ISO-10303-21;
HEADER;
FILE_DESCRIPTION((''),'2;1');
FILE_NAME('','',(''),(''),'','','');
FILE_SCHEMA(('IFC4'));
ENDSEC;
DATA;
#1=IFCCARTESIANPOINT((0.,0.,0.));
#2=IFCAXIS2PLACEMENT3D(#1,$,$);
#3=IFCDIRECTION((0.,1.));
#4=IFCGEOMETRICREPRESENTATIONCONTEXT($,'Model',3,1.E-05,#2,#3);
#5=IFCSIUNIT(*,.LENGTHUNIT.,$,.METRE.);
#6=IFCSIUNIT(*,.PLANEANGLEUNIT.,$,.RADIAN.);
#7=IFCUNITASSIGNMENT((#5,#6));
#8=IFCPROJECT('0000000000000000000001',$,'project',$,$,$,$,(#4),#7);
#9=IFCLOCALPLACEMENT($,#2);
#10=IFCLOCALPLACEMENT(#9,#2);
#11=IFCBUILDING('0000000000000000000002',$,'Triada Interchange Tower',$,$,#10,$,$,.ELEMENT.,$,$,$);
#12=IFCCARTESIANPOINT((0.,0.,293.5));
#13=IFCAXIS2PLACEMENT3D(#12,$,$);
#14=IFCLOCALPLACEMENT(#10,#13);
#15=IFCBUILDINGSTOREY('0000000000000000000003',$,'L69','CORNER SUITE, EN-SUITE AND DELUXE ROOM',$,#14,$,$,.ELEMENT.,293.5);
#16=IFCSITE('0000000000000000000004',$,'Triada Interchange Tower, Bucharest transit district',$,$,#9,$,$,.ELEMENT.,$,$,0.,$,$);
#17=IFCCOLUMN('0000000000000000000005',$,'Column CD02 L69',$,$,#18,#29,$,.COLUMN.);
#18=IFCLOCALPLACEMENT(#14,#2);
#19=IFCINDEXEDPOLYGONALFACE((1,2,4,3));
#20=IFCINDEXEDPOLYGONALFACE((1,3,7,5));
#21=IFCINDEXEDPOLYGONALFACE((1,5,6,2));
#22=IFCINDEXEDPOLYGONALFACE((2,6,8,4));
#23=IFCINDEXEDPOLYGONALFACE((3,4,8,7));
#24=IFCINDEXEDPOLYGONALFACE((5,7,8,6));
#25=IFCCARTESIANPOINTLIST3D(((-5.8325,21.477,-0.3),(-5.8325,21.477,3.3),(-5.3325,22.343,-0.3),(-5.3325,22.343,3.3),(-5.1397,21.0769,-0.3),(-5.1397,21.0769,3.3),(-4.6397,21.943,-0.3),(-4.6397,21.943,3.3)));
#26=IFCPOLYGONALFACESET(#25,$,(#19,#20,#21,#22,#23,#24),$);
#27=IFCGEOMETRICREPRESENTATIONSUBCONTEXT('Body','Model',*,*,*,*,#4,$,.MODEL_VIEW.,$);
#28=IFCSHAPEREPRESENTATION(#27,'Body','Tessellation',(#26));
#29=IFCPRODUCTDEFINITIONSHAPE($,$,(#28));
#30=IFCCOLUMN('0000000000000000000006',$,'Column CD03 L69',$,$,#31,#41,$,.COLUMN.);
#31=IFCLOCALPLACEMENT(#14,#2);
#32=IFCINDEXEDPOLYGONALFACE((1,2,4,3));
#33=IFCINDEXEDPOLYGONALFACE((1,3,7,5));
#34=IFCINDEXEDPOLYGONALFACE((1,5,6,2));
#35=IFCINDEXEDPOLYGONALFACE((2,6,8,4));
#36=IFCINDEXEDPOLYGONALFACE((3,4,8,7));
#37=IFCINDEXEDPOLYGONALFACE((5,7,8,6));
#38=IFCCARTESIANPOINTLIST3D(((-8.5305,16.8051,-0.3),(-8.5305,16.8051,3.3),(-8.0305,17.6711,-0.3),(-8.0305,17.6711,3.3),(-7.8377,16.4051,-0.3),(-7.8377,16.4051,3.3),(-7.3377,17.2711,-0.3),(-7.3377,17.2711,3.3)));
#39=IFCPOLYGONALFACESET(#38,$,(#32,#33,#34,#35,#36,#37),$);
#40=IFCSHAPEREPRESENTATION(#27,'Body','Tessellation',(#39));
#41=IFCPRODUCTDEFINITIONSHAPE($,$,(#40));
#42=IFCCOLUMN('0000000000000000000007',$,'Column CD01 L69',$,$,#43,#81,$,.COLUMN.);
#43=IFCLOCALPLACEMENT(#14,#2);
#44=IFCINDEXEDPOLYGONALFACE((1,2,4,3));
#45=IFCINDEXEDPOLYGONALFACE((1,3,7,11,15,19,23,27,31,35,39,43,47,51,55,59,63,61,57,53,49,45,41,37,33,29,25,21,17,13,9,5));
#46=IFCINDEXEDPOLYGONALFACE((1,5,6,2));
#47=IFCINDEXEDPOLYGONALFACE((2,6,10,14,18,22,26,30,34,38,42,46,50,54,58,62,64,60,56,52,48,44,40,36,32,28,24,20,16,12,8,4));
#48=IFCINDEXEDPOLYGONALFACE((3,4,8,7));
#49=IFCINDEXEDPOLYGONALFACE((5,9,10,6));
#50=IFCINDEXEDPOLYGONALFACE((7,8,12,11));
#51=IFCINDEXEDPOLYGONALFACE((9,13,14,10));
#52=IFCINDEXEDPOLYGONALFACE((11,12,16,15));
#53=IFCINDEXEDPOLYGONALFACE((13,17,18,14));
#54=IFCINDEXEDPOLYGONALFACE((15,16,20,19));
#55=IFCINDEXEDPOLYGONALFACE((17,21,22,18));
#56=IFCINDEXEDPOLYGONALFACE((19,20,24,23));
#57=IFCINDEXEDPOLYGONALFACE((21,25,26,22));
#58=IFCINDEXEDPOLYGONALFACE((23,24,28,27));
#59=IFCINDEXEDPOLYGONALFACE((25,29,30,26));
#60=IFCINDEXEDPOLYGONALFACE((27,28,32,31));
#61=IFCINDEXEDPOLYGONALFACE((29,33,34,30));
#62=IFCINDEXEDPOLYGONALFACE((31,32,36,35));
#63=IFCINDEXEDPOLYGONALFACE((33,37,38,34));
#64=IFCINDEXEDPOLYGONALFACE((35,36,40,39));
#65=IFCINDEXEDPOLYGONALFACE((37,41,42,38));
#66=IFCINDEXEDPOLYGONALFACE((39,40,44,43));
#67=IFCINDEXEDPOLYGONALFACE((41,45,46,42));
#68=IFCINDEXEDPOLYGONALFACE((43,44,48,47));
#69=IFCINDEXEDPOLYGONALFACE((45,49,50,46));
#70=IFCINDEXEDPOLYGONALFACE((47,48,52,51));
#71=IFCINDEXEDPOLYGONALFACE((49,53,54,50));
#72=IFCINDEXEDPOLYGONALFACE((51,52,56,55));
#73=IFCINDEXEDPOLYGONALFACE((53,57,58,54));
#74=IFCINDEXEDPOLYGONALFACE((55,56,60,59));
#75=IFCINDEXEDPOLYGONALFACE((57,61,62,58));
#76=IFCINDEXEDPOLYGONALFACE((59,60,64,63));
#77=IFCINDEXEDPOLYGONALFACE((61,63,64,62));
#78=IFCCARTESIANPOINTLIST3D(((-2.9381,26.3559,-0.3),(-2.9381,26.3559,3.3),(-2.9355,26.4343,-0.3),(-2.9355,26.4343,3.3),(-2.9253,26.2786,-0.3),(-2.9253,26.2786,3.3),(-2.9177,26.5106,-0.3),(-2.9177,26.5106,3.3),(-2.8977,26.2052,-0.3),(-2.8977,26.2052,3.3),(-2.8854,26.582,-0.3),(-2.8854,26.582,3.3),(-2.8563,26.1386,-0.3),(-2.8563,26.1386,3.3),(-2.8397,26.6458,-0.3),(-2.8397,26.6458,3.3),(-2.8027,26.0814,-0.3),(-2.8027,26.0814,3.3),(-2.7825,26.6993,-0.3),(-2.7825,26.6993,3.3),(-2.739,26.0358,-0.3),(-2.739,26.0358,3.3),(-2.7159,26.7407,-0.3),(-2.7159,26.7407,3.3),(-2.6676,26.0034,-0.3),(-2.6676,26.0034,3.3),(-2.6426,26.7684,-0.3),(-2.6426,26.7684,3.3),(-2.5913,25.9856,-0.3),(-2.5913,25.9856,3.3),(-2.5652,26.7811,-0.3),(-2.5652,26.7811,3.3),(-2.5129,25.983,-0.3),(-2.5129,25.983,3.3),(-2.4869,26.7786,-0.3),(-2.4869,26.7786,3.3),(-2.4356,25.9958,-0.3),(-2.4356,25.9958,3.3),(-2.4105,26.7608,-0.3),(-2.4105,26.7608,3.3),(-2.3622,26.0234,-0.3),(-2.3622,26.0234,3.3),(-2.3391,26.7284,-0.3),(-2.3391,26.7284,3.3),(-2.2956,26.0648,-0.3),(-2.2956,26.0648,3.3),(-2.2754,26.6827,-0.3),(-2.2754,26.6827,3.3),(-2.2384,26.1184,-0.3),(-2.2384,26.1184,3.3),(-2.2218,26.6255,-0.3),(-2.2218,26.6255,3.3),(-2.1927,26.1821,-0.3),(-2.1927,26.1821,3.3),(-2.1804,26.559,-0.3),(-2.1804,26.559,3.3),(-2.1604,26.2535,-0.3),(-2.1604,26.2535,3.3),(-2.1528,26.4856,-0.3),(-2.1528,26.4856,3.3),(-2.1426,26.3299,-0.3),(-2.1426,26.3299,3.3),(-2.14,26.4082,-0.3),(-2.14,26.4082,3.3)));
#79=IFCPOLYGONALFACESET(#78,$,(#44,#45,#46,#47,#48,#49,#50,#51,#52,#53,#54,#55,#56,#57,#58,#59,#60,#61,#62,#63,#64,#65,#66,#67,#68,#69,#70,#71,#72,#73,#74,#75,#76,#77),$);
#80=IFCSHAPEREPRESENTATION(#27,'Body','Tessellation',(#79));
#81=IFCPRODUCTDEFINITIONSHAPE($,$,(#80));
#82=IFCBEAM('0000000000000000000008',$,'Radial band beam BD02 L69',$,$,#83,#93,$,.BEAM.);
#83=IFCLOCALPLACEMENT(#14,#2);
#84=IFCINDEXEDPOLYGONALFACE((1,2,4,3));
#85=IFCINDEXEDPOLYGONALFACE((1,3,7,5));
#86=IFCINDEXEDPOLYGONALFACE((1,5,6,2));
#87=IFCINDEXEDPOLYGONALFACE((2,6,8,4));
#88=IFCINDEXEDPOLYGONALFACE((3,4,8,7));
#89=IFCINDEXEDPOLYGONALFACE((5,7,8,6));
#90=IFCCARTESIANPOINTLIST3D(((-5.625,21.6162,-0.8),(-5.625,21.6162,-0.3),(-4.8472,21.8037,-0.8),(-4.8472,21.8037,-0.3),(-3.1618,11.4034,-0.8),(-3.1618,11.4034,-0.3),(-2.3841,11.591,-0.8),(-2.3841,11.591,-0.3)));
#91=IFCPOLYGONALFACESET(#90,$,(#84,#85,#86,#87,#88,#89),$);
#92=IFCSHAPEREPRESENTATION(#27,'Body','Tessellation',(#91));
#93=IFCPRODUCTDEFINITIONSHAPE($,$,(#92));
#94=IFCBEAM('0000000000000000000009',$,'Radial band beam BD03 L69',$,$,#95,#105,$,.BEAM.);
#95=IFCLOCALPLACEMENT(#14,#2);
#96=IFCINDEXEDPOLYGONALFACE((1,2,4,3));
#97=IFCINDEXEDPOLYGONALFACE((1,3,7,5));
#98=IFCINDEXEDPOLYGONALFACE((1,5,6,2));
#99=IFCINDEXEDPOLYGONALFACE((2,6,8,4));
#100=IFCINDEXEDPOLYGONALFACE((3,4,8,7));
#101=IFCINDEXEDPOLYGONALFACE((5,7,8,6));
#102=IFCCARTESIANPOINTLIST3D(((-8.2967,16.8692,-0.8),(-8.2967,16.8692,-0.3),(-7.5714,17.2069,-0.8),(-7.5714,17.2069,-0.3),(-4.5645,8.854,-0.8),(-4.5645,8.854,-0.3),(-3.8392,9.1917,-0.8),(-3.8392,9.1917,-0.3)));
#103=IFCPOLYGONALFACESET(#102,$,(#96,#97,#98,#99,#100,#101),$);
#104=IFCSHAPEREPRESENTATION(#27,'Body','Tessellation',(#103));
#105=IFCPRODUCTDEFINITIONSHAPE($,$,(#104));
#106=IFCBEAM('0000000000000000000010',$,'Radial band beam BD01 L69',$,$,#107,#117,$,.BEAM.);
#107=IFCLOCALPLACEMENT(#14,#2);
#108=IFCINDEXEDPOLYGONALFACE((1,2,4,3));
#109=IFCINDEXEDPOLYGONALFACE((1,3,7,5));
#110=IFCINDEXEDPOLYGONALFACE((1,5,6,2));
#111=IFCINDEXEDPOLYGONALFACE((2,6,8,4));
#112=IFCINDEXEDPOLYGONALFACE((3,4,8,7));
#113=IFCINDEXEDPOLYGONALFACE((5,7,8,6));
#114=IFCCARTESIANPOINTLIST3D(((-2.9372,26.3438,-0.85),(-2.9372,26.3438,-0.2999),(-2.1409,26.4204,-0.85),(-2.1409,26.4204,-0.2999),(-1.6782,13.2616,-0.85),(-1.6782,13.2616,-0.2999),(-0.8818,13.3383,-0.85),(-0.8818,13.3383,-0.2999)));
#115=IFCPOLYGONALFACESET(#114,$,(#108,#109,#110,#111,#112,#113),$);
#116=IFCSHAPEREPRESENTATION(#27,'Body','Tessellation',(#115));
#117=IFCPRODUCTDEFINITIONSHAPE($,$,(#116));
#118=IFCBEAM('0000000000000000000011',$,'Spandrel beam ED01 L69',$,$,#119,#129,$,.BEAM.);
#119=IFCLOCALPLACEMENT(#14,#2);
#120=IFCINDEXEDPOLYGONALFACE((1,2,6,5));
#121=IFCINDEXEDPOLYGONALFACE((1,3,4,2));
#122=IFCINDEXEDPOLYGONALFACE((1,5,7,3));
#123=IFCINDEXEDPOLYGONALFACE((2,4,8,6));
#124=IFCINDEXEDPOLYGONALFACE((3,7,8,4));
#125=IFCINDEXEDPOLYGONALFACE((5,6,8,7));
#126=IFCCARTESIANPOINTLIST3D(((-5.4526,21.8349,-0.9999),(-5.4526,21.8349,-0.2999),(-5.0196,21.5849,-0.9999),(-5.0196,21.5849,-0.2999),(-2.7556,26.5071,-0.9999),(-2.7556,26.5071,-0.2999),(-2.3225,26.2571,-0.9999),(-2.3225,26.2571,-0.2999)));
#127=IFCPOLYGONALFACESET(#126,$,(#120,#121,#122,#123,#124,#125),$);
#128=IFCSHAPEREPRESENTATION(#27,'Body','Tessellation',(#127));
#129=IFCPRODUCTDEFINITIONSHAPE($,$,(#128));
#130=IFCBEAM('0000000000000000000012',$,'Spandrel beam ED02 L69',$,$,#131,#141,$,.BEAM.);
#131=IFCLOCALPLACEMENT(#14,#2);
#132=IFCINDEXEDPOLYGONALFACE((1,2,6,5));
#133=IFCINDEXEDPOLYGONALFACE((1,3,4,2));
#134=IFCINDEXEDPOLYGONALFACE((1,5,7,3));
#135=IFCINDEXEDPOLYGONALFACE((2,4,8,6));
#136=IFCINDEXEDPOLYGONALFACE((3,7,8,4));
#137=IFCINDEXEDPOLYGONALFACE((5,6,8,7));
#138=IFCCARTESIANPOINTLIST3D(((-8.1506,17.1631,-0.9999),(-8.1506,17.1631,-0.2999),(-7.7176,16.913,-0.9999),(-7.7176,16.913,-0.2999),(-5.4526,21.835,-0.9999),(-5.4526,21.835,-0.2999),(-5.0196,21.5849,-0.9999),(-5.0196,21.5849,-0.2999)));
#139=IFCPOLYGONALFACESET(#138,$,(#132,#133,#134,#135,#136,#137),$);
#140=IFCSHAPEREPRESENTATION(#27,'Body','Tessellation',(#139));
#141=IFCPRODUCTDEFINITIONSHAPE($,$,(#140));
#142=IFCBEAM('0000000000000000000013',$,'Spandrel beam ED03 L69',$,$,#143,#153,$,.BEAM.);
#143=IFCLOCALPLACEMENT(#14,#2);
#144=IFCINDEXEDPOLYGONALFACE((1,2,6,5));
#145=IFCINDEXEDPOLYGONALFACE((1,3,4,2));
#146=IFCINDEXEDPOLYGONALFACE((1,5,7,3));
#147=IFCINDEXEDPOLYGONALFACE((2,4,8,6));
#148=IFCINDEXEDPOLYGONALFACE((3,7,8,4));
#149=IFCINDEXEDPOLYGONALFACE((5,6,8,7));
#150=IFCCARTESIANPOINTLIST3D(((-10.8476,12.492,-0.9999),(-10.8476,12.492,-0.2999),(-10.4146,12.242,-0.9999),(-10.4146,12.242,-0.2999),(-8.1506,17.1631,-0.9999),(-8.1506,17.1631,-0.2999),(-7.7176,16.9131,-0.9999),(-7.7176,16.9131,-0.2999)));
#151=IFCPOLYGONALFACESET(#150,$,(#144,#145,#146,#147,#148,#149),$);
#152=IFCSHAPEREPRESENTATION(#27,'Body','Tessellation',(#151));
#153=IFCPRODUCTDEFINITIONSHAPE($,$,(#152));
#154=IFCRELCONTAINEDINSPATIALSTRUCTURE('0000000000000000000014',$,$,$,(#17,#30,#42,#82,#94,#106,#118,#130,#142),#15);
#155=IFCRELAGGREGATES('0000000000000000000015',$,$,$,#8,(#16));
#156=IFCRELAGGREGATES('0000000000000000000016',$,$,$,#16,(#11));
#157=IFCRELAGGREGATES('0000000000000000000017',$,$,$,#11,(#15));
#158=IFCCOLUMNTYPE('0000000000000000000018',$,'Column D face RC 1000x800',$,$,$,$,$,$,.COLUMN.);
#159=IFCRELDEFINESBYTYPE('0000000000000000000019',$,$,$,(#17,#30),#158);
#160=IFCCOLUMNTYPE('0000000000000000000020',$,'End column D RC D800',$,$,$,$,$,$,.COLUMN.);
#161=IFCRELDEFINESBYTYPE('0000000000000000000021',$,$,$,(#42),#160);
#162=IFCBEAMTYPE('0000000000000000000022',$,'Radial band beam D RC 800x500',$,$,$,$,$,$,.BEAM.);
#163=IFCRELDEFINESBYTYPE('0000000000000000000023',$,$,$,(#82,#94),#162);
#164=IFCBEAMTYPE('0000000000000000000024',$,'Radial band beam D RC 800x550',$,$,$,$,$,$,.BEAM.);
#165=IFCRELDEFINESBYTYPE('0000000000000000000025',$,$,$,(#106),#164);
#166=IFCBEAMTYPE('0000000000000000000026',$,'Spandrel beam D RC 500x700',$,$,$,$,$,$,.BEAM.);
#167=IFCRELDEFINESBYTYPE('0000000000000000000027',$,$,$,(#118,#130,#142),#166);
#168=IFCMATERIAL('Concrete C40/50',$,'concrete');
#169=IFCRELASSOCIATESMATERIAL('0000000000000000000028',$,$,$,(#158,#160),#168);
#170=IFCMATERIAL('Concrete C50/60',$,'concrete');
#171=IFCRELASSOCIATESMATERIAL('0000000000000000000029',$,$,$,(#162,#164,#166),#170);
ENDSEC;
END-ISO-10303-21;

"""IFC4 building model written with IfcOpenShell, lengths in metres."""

from ifc_helpers import new_model, si_unit, direction, frame, origin, origin_2d, place, context, subcontext, project, spatial, rectangle, circle, extrude, material, material_profile, profile_set, type_object, element, save


model = new_model("IFC4")

# Units and contexts
model_context = context("Model", 3, precision=1e-05, world=origin(), true_north=direction((0.0, 1.0)))
body_context = subcontext(model_context, "Body", "Model", "MODEL_VIEW")
ifc_project = project(units=[si_unit("LENGTHUNIT", "METRE"), si_unit("PLANEANGLEUNIT", "RADIAN")], contexts=[model_context])

# Site, building, storey
site_placement = place(None, origin())
site = spatial("IfcSite", under=ifc_project, at=site_placement, Name="Triada Interchange Tower, Bucharest transit district", CompositionType="ELEMENT", RefElevation=0.0)
building_placement = place(site_placement, origin())
building = spatial("IfcBuilding", under=site, at=building_placement, Name="Triada Interchange Tower", CompositionType="ELEMENT")
storey_placement = place(building_placement, frame((0.0, 0.0, 293.5)))
storey = spatial("IfcBuildingStorey", under=building, at=storey_placement, Name="L69", Description="CORNER SUITE, EN-SUITE AND DELUXE ROOM", CompositionType="ELEMENT", Elevation=293.5)

# Columns
ifc_material_1 = material(Name="Concrete C40/50", Category="concrete")
ifc_material_profile_1 = material_profile(ifc_material_1, rectangle(XDim=1.0, YDim=0.8, at=origin_2d()), Name="RC 1000x800")
ifc_profile_set_1 = profile_set([ifc_material_profile_1], Name="Concrete C40/50")
column_type_1 = type_object("IfcColumnType", Name="Column D face RC 1000x800", PredefinedType="COLUMN", material=ifc_profile_set_1)
for number, where, z_axis, x_axis, name in (
    (1, (-5.2361, 21.71, -0.3), (0.0, 0.0, 1.0), (0.5, 0.866025, 0.0), "Column CD02 L69"),
    (2, (-7.9341, 17.0381, -0.3), (0.0, 0.0, 1.0), (0.5, 0.866025, 0.0), "Column CD03 L69"),
):
    element("IfcColumn", number, at=place(storey_placement, frame(where, z_axis=z_axis, x_axis=x_axis)), inside=storey, type_object=column_type_1, Name=name, PredefinedType="COLUMN", context=body_context, shape_type="SweptSolid", body=[
        extrude(rectangle(XDim=1.0, YDim=0.8, at=origin_2d()), origin(), (0.0, 0.0, 1.0), 3.6001),
    ])
ifc_material_profile_2 = material_profile(ifc_material_1, circle(Radius=0.3999, at=origin_2d()), Name="RC D800")
ifc_profile_set_2 = profile_set([ifc_material_profile_2], Name="Concrete C40/50")
column_type_2 = type_object("IfcColumnType", Name="End column D RC D800", PredefinedType="COLUMN", material=ifc_profile_set_2)
column_placement = place(storey_placement, frame((-2.5391, 26.3821, -0.3), z_axis=(0.0, 0.0, 1.0), x_axis=(0.5, 0.866025, 0.0)))
element("IfcColumn", 3, at=column_placement, inside=storey, type_object=column_type_2, Name="Column CD01 L69", PredefinedType="COLUMN", context=body_context, shape_type="SweptSolid", body=[
    extrude(circle(Radius=0.3999, at=origin_2d()), origin(), (0.0, 0.0, 1.0), 3.6001),
])

# Beams
ifc_material_2 = material(Name="Concrete C50/60", Category="concrete")
ifc_material_profile_3 = material_profile(ifc_material_2, rectangle(XDim=0.8, YDim=0.5, at=origin_2d()), Name="RC 800x500")
ifc_profile_set_3 = profile_set([ifc_material_profile_3], Name="Concrete C50/60")
beam_type_1 = type_object("IfcBeamType", Name="Radial band beam D RC 800x500", PredefinedType="BEAM", material=ifc_profile_set_3)
beam_1_placement = place(storey_placement, frame((-5.2361, 21.71, -0.55), z_axis=(0.234457, -0.972127, 0.0), x_axis=(0.972127, 0.234457, 0.0)))
element("IfcBeam", 4, at=beam_1_placement, inside=storey, type_object=beam_type_1, Name="Radial band beam BD02 L69", PredefinedType="BEAM", context=body_context, shape_type="SweptSolid", body=[
    extrude(rectangle(XDim=0.8, YDim=0.5, at=origin_2d()), origin(), (0.0, 0.0, 1.0), 10.5056),
])
beam_2_placement = place(storey_placement, frame((-7.9341, 17.0381, -0.55), z_axis=(0.422122, -0.906539, 0.0), x_axis=(0.906539, 0.422122, 0.0)))
element("IfcBeam", 5, at=beam_2_placement, inside=storey, type_object=beam_type_1, Name="Radial band beam BD03 L69", PredefinedType="BEAM", context=body_context, shape_type="SweptSolid", body=[
    extrude(rectangle(XDim=0.8, YDim=0.5, at=origin_2d()), origin(), (0.0, 0.0, 1.0), 8.8416),
])
ifc_material_profile_4 = material_profile(ifc_material_2, rectangle(XDim=0.8, YDim=0.55, at=origin_2d()), Name="RC 800x550")
ifc_profile_set_4 = profile_set([ifc_material_profile_4], Name="Concrete C50/60")
beam_type_2 = type_object("IfcBeamType", Name="Radial band beam D RC 800x550", PredefinedType="BEAM", material=ifc_profile_set_4)
beam_3_placement = place(storey_placement, frame((-2.5391, 26.3821, -0.575), z_axis=(0.095799, -0.995401, 0.0), x_axis=(0.995401, 0.095799, 0.0)))
element("IfcBeam", 6, at=beam_3_placement, inside=storey, type_object=beam_type_2, Name="Radial band beam BD01 L69", PredefinedType="BEAM", context=body_context, shape_type="SweptSolid", body=[
    extrude(rectangle(XDim=0.8, YDim=0.55, at=origin_2d()), origin(), (0.0, 0.0, 1.0), 13.1426),
])
ifc_material_profile_5 = material_profile(ifc_material_2, rectangle(XDim=0.5, YDim=0.7, at=origin_2d()), Name="RC 500x700")
ifc_profile_set_5 = profile_set([ifc_material_profile_5], Name="Concrete C50/60")
beam_type_3 = type_object("IfcBeamType", Name="Spandrel beam D RC 500x700", PredefinedType="BEAM", material=ifc_profile_set_5)
beam_4_placement = place(storey_placement, frame((-2.5391, 26.3821, -0.6499), z_axis=(-0.499941, -0.86606, 0.0), x_axis=(0.86606, -0.499941, 0.0)))
element("IfcBeam", 7, at=beam_4_placement, inside=storey, type_object=beam_type_3, Name="Spandrel beam ED01 L69", PredefinedType="BEAM", context=body_context, shape_type="SweptSolid", body=[
    extrude(rectangle(XDim=0.5, YDim=0.7, at=origin_2d()), origin(), (0.0, 0.0, 1.0), 5.3948),
])
beam_5_placement = place(storey_placement, frame((-5.2361, 21.71, -0.6499), z_axis=(-0.500096, -0.86597, 0.0), x_axis=(0.86597, -0.500096, 0.0)))
element("IfcBeam", 8, at=beam_5_placement, inside=storey, type_object=beam_type_3, Name="Spandrel beam ED02 L69", PredefinedType="BEAM", context=body_context, shape_type="SweptSolid", body=[
    extrude(rectangle(XDim=0.5, YDim=0.7, at=origin_2d()), origin(), (0.0, 0.0, 1.0), 5.395),
])
beam_6_placement = place(storey_placement, frame((-7.9341, 17.0381, -0.6499), z_axis=(-0.500019, -0.866014, 0.0), x_axis=(0.866014, -0.500019, 0.0)))
element("IfcBeam", 9, at=beam_6_placement, inside=storey, type_object=beam_type_3, Name="Spandrel beam ED03 L69", PredefinedType="BEAM", context=body_context, shape_type="SweptSolid", body=[
    extrude(rectangle(XDim=0.5, YDim=0.7, at=origin_2d()), origin(), (0.0, 0.0, 1.0), 5.3938),
])

save(model, "model.ifc")
